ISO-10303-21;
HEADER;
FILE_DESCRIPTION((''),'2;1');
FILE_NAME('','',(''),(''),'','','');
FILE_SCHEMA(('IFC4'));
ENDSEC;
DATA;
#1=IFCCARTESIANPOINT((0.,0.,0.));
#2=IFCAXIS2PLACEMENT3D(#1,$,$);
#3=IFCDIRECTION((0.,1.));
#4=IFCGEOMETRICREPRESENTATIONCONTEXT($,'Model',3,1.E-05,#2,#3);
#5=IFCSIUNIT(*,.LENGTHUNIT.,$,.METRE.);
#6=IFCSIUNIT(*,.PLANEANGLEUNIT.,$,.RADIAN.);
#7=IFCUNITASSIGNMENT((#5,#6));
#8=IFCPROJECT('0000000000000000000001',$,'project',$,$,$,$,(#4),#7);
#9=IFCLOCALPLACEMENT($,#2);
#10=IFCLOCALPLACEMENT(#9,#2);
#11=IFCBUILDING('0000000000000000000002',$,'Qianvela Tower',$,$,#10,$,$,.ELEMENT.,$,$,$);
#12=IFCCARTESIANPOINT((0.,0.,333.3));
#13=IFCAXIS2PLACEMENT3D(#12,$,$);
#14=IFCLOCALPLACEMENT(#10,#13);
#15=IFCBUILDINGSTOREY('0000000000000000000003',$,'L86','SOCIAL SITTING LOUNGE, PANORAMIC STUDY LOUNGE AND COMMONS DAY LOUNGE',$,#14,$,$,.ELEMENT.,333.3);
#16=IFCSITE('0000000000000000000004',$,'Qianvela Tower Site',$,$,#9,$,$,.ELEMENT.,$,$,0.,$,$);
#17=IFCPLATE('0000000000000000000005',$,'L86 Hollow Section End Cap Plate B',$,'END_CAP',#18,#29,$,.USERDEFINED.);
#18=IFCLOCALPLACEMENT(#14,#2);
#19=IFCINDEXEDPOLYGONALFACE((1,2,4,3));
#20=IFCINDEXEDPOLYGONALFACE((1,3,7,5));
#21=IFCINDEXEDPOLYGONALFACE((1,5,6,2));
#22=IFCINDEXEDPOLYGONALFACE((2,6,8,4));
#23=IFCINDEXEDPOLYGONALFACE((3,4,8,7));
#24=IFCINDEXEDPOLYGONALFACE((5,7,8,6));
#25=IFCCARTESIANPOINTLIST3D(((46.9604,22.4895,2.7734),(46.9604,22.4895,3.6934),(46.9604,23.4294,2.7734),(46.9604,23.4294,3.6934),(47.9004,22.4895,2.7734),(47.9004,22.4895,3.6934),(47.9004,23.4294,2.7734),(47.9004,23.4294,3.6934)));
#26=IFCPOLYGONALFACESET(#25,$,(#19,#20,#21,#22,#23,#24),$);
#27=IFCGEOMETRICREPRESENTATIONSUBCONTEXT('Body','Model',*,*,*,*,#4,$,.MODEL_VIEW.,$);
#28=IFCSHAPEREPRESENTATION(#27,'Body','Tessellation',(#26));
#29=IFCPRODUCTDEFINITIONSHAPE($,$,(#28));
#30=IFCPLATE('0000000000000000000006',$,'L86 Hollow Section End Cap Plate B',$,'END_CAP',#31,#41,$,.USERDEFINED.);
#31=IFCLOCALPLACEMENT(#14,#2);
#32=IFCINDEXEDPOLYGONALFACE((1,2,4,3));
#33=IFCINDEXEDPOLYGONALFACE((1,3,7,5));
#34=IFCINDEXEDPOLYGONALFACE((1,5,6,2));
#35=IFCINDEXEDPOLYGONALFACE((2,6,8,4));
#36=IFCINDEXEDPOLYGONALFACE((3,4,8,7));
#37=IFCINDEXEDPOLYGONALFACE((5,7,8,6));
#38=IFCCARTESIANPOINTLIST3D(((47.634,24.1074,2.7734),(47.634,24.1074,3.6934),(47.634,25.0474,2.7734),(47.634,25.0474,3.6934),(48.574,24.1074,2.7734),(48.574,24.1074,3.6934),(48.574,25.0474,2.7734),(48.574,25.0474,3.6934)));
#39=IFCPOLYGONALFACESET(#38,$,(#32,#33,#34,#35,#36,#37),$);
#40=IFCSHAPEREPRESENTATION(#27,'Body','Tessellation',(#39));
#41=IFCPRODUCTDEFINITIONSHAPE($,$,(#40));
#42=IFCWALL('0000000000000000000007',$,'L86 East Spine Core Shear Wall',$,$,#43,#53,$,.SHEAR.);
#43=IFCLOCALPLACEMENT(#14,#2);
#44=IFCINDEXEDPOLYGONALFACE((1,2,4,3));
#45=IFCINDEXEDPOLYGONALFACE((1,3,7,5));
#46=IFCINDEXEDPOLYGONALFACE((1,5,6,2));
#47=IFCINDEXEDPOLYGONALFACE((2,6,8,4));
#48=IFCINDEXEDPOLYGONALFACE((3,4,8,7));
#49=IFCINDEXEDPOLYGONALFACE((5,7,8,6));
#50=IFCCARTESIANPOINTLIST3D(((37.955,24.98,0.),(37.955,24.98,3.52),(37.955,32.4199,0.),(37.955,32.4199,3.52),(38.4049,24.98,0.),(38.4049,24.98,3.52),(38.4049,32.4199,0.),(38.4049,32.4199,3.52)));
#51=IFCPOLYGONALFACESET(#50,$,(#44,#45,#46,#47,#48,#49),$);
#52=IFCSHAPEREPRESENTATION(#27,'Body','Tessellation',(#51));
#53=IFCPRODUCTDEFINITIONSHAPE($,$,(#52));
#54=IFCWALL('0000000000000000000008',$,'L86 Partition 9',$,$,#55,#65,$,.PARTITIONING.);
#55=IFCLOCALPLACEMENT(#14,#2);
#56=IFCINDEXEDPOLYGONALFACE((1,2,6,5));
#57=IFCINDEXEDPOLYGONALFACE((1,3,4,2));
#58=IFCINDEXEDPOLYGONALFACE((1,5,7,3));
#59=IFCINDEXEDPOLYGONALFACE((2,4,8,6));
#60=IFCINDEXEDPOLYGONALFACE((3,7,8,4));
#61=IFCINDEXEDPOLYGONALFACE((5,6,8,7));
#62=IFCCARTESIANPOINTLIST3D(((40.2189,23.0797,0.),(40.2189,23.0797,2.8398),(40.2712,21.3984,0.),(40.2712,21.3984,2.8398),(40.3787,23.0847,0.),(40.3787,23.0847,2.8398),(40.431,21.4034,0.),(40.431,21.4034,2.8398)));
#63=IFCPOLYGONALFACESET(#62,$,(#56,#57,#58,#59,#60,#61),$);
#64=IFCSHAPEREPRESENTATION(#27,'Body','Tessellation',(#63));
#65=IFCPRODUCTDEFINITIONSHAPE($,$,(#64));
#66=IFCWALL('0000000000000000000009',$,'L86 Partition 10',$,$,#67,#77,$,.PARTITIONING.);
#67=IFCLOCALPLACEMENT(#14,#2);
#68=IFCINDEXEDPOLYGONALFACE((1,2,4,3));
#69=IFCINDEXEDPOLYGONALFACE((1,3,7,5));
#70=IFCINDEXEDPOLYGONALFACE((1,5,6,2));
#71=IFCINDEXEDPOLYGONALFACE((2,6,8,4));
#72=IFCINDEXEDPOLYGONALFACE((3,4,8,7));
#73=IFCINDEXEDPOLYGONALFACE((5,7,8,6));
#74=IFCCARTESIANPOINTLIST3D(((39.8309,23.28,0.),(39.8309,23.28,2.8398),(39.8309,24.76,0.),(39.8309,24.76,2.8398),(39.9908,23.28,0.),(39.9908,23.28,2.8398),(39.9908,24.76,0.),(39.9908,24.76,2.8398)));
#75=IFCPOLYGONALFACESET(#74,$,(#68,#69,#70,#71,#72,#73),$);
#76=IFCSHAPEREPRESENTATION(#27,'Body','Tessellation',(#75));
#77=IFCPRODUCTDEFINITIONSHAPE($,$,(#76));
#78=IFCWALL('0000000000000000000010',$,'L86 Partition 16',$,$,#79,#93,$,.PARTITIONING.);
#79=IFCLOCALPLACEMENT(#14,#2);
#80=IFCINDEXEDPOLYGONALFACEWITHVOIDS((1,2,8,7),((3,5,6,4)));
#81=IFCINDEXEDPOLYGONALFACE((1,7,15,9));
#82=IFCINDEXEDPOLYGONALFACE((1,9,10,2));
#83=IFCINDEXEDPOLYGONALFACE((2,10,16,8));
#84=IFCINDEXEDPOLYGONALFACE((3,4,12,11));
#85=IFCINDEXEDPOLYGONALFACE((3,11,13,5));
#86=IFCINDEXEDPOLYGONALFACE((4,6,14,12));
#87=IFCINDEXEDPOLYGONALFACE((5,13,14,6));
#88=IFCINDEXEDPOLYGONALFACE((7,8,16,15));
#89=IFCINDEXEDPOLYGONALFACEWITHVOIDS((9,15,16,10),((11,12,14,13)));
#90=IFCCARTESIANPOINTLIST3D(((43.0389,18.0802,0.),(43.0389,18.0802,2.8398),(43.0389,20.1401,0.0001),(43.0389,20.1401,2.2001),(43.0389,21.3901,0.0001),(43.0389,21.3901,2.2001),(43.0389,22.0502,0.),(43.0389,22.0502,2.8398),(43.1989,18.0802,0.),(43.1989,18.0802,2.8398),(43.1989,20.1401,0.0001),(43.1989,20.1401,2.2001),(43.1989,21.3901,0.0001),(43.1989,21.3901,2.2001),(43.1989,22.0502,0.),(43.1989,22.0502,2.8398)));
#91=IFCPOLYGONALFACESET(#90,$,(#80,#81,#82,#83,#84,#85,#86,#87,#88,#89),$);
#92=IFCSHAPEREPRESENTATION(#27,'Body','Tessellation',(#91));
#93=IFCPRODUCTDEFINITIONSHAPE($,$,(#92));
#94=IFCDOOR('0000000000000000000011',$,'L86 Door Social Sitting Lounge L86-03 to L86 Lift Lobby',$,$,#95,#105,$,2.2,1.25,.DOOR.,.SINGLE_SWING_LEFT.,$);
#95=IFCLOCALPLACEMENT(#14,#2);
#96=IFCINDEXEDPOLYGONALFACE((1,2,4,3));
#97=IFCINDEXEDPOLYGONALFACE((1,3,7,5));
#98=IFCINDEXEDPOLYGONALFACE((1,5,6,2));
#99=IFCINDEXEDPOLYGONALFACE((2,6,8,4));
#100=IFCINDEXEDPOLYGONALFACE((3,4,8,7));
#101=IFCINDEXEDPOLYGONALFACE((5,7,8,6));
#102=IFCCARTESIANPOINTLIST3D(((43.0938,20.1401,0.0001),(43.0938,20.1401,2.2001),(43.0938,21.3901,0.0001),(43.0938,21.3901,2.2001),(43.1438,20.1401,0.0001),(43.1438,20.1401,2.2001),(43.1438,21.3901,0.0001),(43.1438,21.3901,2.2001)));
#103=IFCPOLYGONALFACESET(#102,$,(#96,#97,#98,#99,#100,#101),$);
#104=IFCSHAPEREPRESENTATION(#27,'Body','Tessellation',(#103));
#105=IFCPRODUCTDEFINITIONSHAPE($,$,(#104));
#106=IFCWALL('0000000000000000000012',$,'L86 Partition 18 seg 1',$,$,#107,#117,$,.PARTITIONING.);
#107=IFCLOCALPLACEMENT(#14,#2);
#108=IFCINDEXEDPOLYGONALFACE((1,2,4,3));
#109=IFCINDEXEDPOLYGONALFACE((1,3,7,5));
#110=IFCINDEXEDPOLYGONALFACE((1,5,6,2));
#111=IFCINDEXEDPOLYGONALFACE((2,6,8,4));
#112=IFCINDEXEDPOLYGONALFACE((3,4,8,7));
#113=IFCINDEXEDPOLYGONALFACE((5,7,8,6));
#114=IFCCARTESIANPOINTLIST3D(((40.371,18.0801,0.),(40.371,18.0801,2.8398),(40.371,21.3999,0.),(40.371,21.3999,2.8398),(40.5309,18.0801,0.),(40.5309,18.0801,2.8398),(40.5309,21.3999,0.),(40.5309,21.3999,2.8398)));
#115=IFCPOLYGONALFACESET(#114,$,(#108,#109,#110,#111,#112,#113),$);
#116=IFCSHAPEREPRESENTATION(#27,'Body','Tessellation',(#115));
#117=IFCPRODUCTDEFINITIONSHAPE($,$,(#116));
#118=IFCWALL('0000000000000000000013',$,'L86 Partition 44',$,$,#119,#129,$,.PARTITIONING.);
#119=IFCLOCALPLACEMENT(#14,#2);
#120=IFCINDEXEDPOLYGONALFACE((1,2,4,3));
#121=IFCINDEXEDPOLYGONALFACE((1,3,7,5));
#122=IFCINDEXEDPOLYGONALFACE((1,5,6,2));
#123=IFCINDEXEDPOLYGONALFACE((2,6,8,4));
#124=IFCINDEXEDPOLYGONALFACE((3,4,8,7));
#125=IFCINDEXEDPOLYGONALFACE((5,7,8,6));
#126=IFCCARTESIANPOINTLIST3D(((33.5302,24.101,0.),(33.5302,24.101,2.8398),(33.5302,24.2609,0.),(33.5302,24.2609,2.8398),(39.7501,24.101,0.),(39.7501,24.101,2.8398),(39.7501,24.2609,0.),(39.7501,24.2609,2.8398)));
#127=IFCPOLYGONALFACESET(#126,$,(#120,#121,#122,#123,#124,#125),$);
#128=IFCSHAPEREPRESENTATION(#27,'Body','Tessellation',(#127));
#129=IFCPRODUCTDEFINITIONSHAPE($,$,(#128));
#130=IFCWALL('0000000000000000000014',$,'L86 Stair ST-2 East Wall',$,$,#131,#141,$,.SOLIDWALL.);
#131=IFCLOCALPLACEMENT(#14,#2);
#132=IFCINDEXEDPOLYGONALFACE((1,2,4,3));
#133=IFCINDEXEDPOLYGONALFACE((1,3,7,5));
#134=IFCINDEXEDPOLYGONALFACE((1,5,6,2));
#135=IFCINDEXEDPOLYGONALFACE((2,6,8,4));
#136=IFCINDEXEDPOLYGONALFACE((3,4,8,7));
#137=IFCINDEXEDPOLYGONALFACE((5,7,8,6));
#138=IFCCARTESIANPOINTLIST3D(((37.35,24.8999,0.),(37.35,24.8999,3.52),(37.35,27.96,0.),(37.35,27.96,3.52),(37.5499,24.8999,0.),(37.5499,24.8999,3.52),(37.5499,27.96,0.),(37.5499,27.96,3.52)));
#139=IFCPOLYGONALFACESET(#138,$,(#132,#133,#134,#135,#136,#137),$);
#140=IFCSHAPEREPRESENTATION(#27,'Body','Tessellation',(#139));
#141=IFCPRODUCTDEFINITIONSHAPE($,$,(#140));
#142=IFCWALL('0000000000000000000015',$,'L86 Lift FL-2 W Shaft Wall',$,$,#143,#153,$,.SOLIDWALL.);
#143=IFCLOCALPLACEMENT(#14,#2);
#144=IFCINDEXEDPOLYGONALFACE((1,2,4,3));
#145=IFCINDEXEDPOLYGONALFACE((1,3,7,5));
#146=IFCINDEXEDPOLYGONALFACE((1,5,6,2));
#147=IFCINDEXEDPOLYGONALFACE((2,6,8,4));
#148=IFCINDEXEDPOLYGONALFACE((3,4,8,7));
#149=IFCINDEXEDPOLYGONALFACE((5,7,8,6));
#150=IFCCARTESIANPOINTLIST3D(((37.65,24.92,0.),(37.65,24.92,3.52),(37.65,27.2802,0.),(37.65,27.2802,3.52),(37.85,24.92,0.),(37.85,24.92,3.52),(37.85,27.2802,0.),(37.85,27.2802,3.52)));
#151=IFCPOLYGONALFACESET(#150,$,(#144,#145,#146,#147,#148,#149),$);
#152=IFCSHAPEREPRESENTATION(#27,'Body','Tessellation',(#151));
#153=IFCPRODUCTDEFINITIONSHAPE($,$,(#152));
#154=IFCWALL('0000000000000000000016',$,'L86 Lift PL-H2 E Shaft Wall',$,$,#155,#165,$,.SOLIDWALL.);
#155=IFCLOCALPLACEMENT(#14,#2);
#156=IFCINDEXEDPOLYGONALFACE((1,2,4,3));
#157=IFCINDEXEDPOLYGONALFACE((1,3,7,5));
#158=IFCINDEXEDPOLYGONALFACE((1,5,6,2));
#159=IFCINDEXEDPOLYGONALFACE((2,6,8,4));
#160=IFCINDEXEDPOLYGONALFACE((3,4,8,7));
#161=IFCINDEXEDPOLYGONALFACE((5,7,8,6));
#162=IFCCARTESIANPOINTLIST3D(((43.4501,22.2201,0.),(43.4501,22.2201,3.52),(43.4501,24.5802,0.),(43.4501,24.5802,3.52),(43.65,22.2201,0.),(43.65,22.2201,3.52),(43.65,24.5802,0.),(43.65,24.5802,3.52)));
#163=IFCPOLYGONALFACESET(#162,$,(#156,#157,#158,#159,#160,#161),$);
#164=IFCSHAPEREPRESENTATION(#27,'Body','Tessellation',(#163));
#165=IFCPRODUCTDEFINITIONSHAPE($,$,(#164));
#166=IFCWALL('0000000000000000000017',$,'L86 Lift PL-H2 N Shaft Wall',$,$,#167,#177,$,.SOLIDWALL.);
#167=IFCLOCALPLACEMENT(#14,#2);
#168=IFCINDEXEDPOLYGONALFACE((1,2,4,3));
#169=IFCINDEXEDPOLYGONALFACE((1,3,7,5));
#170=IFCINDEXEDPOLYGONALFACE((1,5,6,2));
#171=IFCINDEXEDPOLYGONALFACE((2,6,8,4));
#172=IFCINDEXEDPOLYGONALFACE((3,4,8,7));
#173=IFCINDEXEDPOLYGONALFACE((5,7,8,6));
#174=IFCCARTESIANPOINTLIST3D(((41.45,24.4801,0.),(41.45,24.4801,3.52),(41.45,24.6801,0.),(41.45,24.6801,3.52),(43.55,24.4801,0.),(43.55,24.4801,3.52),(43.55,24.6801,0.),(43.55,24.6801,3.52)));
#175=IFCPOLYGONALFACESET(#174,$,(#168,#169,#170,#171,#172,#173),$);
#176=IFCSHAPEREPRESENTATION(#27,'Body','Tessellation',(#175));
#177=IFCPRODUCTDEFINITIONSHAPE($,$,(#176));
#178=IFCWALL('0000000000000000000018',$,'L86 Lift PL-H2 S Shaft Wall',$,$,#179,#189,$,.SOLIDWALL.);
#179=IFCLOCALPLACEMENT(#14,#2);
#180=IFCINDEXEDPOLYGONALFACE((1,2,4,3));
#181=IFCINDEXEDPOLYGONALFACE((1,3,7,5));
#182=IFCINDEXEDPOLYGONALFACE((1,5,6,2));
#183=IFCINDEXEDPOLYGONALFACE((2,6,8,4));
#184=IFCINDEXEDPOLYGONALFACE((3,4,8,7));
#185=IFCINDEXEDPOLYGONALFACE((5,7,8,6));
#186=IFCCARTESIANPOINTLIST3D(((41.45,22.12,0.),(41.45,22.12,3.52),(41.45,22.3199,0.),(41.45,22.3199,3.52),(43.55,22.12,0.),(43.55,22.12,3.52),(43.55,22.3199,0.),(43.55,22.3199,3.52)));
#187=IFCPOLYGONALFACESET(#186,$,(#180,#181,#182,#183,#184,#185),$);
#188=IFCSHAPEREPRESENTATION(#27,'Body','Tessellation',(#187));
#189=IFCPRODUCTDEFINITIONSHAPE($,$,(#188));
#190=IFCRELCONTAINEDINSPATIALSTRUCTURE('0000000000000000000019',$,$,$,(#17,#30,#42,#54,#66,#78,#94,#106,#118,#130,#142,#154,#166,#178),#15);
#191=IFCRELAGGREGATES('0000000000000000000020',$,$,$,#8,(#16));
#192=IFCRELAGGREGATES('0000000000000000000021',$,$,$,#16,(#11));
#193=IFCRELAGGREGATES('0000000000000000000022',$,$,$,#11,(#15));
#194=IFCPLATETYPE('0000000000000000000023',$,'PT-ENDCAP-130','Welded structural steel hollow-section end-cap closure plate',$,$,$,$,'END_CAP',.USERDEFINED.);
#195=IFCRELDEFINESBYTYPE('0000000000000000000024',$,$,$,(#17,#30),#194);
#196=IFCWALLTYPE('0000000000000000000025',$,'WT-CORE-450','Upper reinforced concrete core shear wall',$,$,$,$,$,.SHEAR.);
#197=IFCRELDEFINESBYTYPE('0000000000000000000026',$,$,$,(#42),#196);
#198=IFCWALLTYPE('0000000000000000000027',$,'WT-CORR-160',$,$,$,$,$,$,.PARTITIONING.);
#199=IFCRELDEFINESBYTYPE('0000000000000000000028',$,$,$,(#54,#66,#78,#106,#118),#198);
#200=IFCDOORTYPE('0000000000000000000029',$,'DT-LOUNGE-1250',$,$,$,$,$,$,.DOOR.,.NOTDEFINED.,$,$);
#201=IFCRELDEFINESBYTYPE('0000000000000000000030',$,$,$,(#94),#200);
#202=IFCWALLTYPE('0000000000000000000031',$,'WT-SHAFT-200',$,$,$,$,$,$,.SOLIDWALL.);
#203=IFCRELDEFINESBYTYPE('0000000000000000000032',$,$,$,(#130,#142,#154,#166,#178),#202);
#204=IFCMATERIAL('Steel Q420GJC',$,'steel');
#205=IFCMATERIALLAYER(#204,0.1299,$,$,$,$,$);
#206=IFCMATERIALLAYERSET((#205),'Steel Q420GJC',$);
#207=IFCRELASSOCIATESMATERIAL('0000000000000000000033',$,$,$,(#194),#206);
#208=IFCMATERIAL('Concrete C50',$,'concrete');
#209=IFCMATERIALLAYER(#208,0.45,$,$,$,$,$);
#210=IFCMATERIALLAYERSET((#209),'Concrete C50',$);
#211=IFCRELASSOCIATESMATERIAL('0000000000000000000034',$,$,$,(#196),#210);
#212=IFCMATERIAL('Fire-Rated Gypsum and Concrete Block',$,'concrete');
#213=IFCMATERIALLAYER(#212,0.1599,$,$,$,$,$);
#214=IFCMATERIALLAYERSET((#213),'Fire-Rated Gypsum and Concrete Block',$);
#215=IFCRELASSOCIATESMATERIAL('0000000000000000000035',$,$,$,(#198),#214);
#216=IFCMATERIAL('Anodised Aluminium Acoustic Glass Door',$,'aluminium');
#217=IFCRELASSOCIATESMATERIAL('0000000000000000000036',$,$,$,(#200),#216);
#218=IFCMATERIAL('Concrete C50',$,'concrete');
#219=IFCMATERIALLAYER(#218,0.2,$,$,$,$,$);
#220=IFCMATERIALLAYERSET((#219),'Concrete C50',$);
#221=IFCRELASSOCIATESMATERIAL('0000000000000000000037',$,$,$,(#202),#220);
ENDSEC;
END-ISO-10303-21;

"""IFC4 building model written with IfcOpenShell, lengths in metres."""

from ifc_helpers import new_model, si_unit, direction, frame, frame_2d, origin, origin_2d, place, context, subcontext, project, spatial, rectangle, extrude, material, layer, layer_set, type_object, element, fill, save


model = new_model("IFC4")

# Units and contexts
model_context = context("Model", 3, precision=1e-05, world=origin(), true_north=direction((0.0, 1.0)))
body_context = subcontext(model_context, "Body", "Model", "MODEL_VIEW")
ifc_project = project(units=[si_unit("LENGTHUNIT", "METRE"), si_unit("PLANEANGLEUNIT", "RADIAN")], contexts=[model_context])

# Site, building, storey
site_placement = place(None, origin())
site = spatial("IfcSite", under=ifc_project, at=site_placement, Name="Qianvela Tower Site", CompositionType="ELEMENT", RefElevation=0.0)
building_placement = place(site_placement, origin())
building = spatial("IfcBuilding", under=site, at=building_placement, Name="Qianvela Tower", CompositionType="ELEMENT")
storey_placement = place(building_placement, frame((0.0, 0.0, 333.3)))
storey = spatial("IfcBuildingStorey", under=building, at=storey_placement, Name="L86", Description="SOCIAL SITTING LOUNGE, PANORAMIC STUDY LOUNGE AND COMMONS DAY LOUNGE", CompositionType="ELEMENT", Elevation=333.3)

# Plates
ifc_material_1 = material(Name="Steel Q420GJC", Category="steel")
ifc_layer_1 = layer(ifc_material_1, 0.1299)
ifc_layer_set_1 = layer_set([ifc_layer_1], Name="Steel Q420GJC")
plate_type_1 = type_object("IfcPlateType", Name="PT-ENDCAP-130", Description="Welded structural steel hollow-section end-cap closure plate", ElementType="END_CAP", PredefinedType="USERDEFINED", material=ifc_layer_set_1)
for number, where, z_axis, x_axis, name in (
    (1, (47.4304, 22.9595, 2.7734), (0.0, 0.0, 1.0), (1.0, 0.0, 0.0), "L86 Hollow Section End Cap Plate B"),
    (2, (48.104, 24.5774, 2.7734), (0.0, 0.0, 1.0), (1.0, 0.0, 0.0), "L86 Hollow Section End Cap Plate B"),
):
    element("IfcPlate", number, at=place(storey_placement, frame(where, z_axis=z_axis, x_axis=x_axis)), inside=storey, type_object=plate_type_1, Name=name, ObjectType="END_CAP", PredefinedType="USERDEFINED", context=body_context, shape_type="SweptSolid", body=[
        extrude(rectangle(XDim=0.9399, YDim=0.9399, at=origin_2d()), origin(), (0.0, 0.0, 1.0), 0.9199),
    ])

# Walls
ifc_material_2 = material(Name="Concrete C50", Category="concrete")
ifc_layer_2 = layer(ifc_material_2, 0.45)
ifc_layer_set_2 = layer_set([ifc_layer_2], Name="Concrete C50")
wall_type_1 = type_object("IfcWallType", Name="WT-CORE-450", Description="Upper reinforced concrete core shear wall", PredefinedType="SHEAR", material=ifc_layer_set_2)
wall_1_placement = place(storey_placement, frame((38.1799, 24.98, 0.0), z_axis=(0.0, 0.0, 1.0), x_axis=(0.0, 1.0, 0.0)))
element("IfcWall", 3, at=wall_1_placement, inside=storey, type_object=wall_type_1, Name="L86 East Spine Core Shear Wall", PredefinedType="SHEAR", context=body_context, shape_type="SweptSolid", body=[
    extrude(rectangle(XDim=7.4399, YDim=0.45, at=frame_2d((3.72, 0.0))), origin(), (0.0, 0.0, 1.0), 3.52),
])
ifc_material_3 = material(Name="Fire-Rated Gypsum and Concrete Block", Category="concrete")
ifc_layer_3 = layer(ifc_material_3, 0.1599)
ifc_layer_set_3 = layer_set([ifc_layer_3], Name="Fire-Rated Gypsum and Concrete Block")
wall_type_2 = type_object("IfcWallType", Name="WT-CORR-160", PredefinedType="PARTITIONING", material=ifc_layer_set_3)
wall_2_placement = place(storey_placement, frame((40.3511, 21.4009, 0.0), z_axis=(0.0, 0.0, 1.0), x_axis=(-0.031058, 0.999518, 0.0)))
element("IfcWall", 4, at=wall_2_placement, inside=storey, type_object=wall_type_2, Name="L86 Partition 9", PredefinedType="PARTITIONING", context=body_context, shape_type="SweptSolid", body=[
    extrude(rectangle(XDim=1.6821, YDim=0.1599, at=frame_2d((0.8411, 0.0))), origin(), (0.0, 0.0, 1.0), 2.8398),
])
wall_3_placement = place(storey_placement, frame((39.9109, 23.28, 0.0), z_axis=(0.0, 0.0, 1.0), x_axis=(0.0, 1.0, 0.0)))
element("IfcWall", 5, at=wall_3_placement, inside=storey, type_object=wall_type_2, Name="L86 Partition 10", PredefinedType="PARTITIONING", context=body_context, shape_type="SweptSolid", body=[
    extrude(rectangle(XDim=1.48, YDim=0.1599, at=frame_2d((0.74, 0.0))), origin(), (0.0, 0.0, 1.0), 2.8398),
])

# Wall, opening, door
wall_4_placement = place(storey_placement, frame((43.1189, 22.05, 0.0), z_axis=(0.0, 0.0, 1.0), x_axis=(0.0, -1.0, 0.0)))
wall_4 = element("IfcWall", 6, at=wall_4_placement, inside=storey, type_object=wall_type_2, Name="L86 Partition 16", PredefinedType="PARTITIONING", context=body_context, shape_type="SweptSolid", body=[
    extrude(rectangle(XDim=3.97, YDim=0.1599, at=frame_2d((1.9849, 0.0))), origin(), (0.0, 0.0, 1.0), 2.8398),
])
opening_1_placement = place(wall_4_placement, frame((0.6599, 0.0, 0.0)))
opening_1 = element("IfcOpeningElement", 7, at=opening_1_placement, cuts=wall_4, PredefinedType="OPENING", context=body_context, shape_type="SweptSolid", body=[
    extrude(rectangle(XDim=1.25, YDim=2.2, at=frame_2d((0.625, 1.1001))), frame((0.0, 0.0898, 0.0), z_axis=(0.0, -1.0, 0.0), x_axis=(1.0, 0.0, 0.0)), (0.0, 0.0, 1.0), 0.1799),
])
ifc_material_4 = material(Name="Anodised Aluminium Acoustic Glass Door", Category="aluminium")
door_type_1 = type_object("IfcDoorType", Name="DT-LOUNGE-1250", OperationType="NOTDEFINED", PredefinedType="DOOR", material=ifc_material_4)
door_1_placement = place(opening_1_placement, origin())
door_1 = element("IfcDoor", 8, at=door_1_placement, inside=storey, type_object=door_type_1, Name="L86 Door Social Sitting Lounge L86-03 to L86 Lift Lobby", OperationType="SINGLE_SWING_LEFT", OverallHeight=2.2, OverallWidth=1.25, PredefinedType="DOOR", context=body_context, shape_type="SweptSolid", body=[
    extrude(rectangle(XDim=1.25, YDim=2.2, at=frame_2d((0.625, 1.1001))), frame((0.0, 0.0249, 0.0), z_axis=(0.0, -1.0, 0.0), x_axis=(1.0, 0.0, 0.0)), (0.0, 0.0, 1.0), 0.05),
])
fill(opening_1, door_1)

# Walls
wall_5_placement = place(storey_placement, frame((40.4509, 18.0801, 0.0), z_axis=(0.0, 0.0, 1.0), x_axis=(0.0, 1.0, 0.0)))
element("IfcWall", 9, at=wall_5_placement, inside=storey, type_object=wall_type_2, Name="L86 Partition 18 seg 1", PredefinedType="PARTITIONING", context=body_context, shape_type="SweptSolid", body=[
    extrude(rectangle(XDim=3.3198, YDim=0.1599, at=frame_2d((1.6599, 0.0))), origin(), (0.0, 0.0, 1.0), 2.8398),
])
wall_6_placement = place(storey_placement, frame((39.75, 24.1809, 0.0), z_axis=(0.0, 0.0, 1.0), x_axis=(-1.0, 0.0, 0.0)))
element("IfcWall", 10, at=wall_6_placement, inside=storey, type_object=wall_type_2, Name="L86 Partition 44", PredefinedType="PARTITIONING", context=body_context, shape_type="SweptSolid", body=[
    extrude(rectangle(XDim=6.22, YDim=0.1599, at=frame_2d((3.1099, 0.0))), origin(), (0.0, 0.0, 1.0), 2.8398),
])
ifc_material_5 = material(Name="Concrete C50", Category="concrete")
ifc_layer_4 = layer(ifc_material_5, 0.2)
ifc_layer_set_4 = layer_set([ifc_layer_4], Name="Concrete C50")
wall_type_3 = type_object("IfcWallType", Name="WT-SHAFT-200", PredefinedType="SOLIDWALL", material=ifc_layer_set_4)
wall_7_placement = place(storey_placement, frame((37.45, 24.8999, 0.0), z_axis=(0.0, 0.0, 1.0), x_axis=(0.0, 1.0, 0.0)))
element("IfcWall", 11, at=wall_7_placement, inside=storey, type_object=wall_type_3, Name="L86 Stair ST-2 East Wall", PredefinedType="SOLIDWALL", context=body_context, shape_type="SweptSolid", body=[
    extrude(rectangle(XDim=3.0601, YDim=0.2, at=frame_2d((1.53, 0.0))), origin(), (0.0, 0.0, 1.0), 3.52),
])

# Walls
for number, where, z_axis, x_axis, name in (
    (12, (37.75, 24.9199, 0.0), (0.0, 0.0, 1.0), (0.0, 1.0, 0.0), "L86 Lift FL-2 W Shaft Wall"),
    (13, (43.55, 22.22, 0.0), (0.0, 0.0, 1.0), (0.0, 1.0, 0.0), "L86 Lift PL-H2 E Shaft Wall"),
):
    element("IfcWall", number, at=place(storey_placement, frame(where, z_axis=z_axis, x_axis=x_axis)), inside=storey, type_object=wall_type_3, Name=name, PredefinedType="SOLIDWALL", context=body_context, shape_type="SweptSolid", body=[
        extrude(rectangle(XDim=2.3601, YDim=0.2, at=frame_2d((1.1802, 0.0))), origin(), (0.0, 0.0, 1.0), 3.52),
    ])

# Walls
for number, where, z_axis, x_axis, name in (
    (14, (41.45, 24.5801, 0.0), (0.0, 0.0, 1.0), (1.0, 0.0, 0.0), "L86 Lift PL-H2 N Shaft Wall"),
    (15, (41.45, 22.22, 0.0), (0.0, 0.0, 1.0), (1.0, 0.0, 0.0), "L86 Lift PL-H2 S Shaft Wall"),
):
    element("IfcWall", number, at=place(storey_placement, frame(where, z_axis=z_axis, x_axis=x_axis)), inside=storey, type_object=wall_type_3, Name=name, PredefinedType="SOLIDWALL", context=body_context, shape_type="SweptSolid", body=[
        extrude(rectangle(XDim=2.1001, YDim=0.2, at=frame_2d((1.05, 0.0))), origin(), (0.0, 0.0, 1.0), 3.52),
    ])

save(model, "model.ifc")
